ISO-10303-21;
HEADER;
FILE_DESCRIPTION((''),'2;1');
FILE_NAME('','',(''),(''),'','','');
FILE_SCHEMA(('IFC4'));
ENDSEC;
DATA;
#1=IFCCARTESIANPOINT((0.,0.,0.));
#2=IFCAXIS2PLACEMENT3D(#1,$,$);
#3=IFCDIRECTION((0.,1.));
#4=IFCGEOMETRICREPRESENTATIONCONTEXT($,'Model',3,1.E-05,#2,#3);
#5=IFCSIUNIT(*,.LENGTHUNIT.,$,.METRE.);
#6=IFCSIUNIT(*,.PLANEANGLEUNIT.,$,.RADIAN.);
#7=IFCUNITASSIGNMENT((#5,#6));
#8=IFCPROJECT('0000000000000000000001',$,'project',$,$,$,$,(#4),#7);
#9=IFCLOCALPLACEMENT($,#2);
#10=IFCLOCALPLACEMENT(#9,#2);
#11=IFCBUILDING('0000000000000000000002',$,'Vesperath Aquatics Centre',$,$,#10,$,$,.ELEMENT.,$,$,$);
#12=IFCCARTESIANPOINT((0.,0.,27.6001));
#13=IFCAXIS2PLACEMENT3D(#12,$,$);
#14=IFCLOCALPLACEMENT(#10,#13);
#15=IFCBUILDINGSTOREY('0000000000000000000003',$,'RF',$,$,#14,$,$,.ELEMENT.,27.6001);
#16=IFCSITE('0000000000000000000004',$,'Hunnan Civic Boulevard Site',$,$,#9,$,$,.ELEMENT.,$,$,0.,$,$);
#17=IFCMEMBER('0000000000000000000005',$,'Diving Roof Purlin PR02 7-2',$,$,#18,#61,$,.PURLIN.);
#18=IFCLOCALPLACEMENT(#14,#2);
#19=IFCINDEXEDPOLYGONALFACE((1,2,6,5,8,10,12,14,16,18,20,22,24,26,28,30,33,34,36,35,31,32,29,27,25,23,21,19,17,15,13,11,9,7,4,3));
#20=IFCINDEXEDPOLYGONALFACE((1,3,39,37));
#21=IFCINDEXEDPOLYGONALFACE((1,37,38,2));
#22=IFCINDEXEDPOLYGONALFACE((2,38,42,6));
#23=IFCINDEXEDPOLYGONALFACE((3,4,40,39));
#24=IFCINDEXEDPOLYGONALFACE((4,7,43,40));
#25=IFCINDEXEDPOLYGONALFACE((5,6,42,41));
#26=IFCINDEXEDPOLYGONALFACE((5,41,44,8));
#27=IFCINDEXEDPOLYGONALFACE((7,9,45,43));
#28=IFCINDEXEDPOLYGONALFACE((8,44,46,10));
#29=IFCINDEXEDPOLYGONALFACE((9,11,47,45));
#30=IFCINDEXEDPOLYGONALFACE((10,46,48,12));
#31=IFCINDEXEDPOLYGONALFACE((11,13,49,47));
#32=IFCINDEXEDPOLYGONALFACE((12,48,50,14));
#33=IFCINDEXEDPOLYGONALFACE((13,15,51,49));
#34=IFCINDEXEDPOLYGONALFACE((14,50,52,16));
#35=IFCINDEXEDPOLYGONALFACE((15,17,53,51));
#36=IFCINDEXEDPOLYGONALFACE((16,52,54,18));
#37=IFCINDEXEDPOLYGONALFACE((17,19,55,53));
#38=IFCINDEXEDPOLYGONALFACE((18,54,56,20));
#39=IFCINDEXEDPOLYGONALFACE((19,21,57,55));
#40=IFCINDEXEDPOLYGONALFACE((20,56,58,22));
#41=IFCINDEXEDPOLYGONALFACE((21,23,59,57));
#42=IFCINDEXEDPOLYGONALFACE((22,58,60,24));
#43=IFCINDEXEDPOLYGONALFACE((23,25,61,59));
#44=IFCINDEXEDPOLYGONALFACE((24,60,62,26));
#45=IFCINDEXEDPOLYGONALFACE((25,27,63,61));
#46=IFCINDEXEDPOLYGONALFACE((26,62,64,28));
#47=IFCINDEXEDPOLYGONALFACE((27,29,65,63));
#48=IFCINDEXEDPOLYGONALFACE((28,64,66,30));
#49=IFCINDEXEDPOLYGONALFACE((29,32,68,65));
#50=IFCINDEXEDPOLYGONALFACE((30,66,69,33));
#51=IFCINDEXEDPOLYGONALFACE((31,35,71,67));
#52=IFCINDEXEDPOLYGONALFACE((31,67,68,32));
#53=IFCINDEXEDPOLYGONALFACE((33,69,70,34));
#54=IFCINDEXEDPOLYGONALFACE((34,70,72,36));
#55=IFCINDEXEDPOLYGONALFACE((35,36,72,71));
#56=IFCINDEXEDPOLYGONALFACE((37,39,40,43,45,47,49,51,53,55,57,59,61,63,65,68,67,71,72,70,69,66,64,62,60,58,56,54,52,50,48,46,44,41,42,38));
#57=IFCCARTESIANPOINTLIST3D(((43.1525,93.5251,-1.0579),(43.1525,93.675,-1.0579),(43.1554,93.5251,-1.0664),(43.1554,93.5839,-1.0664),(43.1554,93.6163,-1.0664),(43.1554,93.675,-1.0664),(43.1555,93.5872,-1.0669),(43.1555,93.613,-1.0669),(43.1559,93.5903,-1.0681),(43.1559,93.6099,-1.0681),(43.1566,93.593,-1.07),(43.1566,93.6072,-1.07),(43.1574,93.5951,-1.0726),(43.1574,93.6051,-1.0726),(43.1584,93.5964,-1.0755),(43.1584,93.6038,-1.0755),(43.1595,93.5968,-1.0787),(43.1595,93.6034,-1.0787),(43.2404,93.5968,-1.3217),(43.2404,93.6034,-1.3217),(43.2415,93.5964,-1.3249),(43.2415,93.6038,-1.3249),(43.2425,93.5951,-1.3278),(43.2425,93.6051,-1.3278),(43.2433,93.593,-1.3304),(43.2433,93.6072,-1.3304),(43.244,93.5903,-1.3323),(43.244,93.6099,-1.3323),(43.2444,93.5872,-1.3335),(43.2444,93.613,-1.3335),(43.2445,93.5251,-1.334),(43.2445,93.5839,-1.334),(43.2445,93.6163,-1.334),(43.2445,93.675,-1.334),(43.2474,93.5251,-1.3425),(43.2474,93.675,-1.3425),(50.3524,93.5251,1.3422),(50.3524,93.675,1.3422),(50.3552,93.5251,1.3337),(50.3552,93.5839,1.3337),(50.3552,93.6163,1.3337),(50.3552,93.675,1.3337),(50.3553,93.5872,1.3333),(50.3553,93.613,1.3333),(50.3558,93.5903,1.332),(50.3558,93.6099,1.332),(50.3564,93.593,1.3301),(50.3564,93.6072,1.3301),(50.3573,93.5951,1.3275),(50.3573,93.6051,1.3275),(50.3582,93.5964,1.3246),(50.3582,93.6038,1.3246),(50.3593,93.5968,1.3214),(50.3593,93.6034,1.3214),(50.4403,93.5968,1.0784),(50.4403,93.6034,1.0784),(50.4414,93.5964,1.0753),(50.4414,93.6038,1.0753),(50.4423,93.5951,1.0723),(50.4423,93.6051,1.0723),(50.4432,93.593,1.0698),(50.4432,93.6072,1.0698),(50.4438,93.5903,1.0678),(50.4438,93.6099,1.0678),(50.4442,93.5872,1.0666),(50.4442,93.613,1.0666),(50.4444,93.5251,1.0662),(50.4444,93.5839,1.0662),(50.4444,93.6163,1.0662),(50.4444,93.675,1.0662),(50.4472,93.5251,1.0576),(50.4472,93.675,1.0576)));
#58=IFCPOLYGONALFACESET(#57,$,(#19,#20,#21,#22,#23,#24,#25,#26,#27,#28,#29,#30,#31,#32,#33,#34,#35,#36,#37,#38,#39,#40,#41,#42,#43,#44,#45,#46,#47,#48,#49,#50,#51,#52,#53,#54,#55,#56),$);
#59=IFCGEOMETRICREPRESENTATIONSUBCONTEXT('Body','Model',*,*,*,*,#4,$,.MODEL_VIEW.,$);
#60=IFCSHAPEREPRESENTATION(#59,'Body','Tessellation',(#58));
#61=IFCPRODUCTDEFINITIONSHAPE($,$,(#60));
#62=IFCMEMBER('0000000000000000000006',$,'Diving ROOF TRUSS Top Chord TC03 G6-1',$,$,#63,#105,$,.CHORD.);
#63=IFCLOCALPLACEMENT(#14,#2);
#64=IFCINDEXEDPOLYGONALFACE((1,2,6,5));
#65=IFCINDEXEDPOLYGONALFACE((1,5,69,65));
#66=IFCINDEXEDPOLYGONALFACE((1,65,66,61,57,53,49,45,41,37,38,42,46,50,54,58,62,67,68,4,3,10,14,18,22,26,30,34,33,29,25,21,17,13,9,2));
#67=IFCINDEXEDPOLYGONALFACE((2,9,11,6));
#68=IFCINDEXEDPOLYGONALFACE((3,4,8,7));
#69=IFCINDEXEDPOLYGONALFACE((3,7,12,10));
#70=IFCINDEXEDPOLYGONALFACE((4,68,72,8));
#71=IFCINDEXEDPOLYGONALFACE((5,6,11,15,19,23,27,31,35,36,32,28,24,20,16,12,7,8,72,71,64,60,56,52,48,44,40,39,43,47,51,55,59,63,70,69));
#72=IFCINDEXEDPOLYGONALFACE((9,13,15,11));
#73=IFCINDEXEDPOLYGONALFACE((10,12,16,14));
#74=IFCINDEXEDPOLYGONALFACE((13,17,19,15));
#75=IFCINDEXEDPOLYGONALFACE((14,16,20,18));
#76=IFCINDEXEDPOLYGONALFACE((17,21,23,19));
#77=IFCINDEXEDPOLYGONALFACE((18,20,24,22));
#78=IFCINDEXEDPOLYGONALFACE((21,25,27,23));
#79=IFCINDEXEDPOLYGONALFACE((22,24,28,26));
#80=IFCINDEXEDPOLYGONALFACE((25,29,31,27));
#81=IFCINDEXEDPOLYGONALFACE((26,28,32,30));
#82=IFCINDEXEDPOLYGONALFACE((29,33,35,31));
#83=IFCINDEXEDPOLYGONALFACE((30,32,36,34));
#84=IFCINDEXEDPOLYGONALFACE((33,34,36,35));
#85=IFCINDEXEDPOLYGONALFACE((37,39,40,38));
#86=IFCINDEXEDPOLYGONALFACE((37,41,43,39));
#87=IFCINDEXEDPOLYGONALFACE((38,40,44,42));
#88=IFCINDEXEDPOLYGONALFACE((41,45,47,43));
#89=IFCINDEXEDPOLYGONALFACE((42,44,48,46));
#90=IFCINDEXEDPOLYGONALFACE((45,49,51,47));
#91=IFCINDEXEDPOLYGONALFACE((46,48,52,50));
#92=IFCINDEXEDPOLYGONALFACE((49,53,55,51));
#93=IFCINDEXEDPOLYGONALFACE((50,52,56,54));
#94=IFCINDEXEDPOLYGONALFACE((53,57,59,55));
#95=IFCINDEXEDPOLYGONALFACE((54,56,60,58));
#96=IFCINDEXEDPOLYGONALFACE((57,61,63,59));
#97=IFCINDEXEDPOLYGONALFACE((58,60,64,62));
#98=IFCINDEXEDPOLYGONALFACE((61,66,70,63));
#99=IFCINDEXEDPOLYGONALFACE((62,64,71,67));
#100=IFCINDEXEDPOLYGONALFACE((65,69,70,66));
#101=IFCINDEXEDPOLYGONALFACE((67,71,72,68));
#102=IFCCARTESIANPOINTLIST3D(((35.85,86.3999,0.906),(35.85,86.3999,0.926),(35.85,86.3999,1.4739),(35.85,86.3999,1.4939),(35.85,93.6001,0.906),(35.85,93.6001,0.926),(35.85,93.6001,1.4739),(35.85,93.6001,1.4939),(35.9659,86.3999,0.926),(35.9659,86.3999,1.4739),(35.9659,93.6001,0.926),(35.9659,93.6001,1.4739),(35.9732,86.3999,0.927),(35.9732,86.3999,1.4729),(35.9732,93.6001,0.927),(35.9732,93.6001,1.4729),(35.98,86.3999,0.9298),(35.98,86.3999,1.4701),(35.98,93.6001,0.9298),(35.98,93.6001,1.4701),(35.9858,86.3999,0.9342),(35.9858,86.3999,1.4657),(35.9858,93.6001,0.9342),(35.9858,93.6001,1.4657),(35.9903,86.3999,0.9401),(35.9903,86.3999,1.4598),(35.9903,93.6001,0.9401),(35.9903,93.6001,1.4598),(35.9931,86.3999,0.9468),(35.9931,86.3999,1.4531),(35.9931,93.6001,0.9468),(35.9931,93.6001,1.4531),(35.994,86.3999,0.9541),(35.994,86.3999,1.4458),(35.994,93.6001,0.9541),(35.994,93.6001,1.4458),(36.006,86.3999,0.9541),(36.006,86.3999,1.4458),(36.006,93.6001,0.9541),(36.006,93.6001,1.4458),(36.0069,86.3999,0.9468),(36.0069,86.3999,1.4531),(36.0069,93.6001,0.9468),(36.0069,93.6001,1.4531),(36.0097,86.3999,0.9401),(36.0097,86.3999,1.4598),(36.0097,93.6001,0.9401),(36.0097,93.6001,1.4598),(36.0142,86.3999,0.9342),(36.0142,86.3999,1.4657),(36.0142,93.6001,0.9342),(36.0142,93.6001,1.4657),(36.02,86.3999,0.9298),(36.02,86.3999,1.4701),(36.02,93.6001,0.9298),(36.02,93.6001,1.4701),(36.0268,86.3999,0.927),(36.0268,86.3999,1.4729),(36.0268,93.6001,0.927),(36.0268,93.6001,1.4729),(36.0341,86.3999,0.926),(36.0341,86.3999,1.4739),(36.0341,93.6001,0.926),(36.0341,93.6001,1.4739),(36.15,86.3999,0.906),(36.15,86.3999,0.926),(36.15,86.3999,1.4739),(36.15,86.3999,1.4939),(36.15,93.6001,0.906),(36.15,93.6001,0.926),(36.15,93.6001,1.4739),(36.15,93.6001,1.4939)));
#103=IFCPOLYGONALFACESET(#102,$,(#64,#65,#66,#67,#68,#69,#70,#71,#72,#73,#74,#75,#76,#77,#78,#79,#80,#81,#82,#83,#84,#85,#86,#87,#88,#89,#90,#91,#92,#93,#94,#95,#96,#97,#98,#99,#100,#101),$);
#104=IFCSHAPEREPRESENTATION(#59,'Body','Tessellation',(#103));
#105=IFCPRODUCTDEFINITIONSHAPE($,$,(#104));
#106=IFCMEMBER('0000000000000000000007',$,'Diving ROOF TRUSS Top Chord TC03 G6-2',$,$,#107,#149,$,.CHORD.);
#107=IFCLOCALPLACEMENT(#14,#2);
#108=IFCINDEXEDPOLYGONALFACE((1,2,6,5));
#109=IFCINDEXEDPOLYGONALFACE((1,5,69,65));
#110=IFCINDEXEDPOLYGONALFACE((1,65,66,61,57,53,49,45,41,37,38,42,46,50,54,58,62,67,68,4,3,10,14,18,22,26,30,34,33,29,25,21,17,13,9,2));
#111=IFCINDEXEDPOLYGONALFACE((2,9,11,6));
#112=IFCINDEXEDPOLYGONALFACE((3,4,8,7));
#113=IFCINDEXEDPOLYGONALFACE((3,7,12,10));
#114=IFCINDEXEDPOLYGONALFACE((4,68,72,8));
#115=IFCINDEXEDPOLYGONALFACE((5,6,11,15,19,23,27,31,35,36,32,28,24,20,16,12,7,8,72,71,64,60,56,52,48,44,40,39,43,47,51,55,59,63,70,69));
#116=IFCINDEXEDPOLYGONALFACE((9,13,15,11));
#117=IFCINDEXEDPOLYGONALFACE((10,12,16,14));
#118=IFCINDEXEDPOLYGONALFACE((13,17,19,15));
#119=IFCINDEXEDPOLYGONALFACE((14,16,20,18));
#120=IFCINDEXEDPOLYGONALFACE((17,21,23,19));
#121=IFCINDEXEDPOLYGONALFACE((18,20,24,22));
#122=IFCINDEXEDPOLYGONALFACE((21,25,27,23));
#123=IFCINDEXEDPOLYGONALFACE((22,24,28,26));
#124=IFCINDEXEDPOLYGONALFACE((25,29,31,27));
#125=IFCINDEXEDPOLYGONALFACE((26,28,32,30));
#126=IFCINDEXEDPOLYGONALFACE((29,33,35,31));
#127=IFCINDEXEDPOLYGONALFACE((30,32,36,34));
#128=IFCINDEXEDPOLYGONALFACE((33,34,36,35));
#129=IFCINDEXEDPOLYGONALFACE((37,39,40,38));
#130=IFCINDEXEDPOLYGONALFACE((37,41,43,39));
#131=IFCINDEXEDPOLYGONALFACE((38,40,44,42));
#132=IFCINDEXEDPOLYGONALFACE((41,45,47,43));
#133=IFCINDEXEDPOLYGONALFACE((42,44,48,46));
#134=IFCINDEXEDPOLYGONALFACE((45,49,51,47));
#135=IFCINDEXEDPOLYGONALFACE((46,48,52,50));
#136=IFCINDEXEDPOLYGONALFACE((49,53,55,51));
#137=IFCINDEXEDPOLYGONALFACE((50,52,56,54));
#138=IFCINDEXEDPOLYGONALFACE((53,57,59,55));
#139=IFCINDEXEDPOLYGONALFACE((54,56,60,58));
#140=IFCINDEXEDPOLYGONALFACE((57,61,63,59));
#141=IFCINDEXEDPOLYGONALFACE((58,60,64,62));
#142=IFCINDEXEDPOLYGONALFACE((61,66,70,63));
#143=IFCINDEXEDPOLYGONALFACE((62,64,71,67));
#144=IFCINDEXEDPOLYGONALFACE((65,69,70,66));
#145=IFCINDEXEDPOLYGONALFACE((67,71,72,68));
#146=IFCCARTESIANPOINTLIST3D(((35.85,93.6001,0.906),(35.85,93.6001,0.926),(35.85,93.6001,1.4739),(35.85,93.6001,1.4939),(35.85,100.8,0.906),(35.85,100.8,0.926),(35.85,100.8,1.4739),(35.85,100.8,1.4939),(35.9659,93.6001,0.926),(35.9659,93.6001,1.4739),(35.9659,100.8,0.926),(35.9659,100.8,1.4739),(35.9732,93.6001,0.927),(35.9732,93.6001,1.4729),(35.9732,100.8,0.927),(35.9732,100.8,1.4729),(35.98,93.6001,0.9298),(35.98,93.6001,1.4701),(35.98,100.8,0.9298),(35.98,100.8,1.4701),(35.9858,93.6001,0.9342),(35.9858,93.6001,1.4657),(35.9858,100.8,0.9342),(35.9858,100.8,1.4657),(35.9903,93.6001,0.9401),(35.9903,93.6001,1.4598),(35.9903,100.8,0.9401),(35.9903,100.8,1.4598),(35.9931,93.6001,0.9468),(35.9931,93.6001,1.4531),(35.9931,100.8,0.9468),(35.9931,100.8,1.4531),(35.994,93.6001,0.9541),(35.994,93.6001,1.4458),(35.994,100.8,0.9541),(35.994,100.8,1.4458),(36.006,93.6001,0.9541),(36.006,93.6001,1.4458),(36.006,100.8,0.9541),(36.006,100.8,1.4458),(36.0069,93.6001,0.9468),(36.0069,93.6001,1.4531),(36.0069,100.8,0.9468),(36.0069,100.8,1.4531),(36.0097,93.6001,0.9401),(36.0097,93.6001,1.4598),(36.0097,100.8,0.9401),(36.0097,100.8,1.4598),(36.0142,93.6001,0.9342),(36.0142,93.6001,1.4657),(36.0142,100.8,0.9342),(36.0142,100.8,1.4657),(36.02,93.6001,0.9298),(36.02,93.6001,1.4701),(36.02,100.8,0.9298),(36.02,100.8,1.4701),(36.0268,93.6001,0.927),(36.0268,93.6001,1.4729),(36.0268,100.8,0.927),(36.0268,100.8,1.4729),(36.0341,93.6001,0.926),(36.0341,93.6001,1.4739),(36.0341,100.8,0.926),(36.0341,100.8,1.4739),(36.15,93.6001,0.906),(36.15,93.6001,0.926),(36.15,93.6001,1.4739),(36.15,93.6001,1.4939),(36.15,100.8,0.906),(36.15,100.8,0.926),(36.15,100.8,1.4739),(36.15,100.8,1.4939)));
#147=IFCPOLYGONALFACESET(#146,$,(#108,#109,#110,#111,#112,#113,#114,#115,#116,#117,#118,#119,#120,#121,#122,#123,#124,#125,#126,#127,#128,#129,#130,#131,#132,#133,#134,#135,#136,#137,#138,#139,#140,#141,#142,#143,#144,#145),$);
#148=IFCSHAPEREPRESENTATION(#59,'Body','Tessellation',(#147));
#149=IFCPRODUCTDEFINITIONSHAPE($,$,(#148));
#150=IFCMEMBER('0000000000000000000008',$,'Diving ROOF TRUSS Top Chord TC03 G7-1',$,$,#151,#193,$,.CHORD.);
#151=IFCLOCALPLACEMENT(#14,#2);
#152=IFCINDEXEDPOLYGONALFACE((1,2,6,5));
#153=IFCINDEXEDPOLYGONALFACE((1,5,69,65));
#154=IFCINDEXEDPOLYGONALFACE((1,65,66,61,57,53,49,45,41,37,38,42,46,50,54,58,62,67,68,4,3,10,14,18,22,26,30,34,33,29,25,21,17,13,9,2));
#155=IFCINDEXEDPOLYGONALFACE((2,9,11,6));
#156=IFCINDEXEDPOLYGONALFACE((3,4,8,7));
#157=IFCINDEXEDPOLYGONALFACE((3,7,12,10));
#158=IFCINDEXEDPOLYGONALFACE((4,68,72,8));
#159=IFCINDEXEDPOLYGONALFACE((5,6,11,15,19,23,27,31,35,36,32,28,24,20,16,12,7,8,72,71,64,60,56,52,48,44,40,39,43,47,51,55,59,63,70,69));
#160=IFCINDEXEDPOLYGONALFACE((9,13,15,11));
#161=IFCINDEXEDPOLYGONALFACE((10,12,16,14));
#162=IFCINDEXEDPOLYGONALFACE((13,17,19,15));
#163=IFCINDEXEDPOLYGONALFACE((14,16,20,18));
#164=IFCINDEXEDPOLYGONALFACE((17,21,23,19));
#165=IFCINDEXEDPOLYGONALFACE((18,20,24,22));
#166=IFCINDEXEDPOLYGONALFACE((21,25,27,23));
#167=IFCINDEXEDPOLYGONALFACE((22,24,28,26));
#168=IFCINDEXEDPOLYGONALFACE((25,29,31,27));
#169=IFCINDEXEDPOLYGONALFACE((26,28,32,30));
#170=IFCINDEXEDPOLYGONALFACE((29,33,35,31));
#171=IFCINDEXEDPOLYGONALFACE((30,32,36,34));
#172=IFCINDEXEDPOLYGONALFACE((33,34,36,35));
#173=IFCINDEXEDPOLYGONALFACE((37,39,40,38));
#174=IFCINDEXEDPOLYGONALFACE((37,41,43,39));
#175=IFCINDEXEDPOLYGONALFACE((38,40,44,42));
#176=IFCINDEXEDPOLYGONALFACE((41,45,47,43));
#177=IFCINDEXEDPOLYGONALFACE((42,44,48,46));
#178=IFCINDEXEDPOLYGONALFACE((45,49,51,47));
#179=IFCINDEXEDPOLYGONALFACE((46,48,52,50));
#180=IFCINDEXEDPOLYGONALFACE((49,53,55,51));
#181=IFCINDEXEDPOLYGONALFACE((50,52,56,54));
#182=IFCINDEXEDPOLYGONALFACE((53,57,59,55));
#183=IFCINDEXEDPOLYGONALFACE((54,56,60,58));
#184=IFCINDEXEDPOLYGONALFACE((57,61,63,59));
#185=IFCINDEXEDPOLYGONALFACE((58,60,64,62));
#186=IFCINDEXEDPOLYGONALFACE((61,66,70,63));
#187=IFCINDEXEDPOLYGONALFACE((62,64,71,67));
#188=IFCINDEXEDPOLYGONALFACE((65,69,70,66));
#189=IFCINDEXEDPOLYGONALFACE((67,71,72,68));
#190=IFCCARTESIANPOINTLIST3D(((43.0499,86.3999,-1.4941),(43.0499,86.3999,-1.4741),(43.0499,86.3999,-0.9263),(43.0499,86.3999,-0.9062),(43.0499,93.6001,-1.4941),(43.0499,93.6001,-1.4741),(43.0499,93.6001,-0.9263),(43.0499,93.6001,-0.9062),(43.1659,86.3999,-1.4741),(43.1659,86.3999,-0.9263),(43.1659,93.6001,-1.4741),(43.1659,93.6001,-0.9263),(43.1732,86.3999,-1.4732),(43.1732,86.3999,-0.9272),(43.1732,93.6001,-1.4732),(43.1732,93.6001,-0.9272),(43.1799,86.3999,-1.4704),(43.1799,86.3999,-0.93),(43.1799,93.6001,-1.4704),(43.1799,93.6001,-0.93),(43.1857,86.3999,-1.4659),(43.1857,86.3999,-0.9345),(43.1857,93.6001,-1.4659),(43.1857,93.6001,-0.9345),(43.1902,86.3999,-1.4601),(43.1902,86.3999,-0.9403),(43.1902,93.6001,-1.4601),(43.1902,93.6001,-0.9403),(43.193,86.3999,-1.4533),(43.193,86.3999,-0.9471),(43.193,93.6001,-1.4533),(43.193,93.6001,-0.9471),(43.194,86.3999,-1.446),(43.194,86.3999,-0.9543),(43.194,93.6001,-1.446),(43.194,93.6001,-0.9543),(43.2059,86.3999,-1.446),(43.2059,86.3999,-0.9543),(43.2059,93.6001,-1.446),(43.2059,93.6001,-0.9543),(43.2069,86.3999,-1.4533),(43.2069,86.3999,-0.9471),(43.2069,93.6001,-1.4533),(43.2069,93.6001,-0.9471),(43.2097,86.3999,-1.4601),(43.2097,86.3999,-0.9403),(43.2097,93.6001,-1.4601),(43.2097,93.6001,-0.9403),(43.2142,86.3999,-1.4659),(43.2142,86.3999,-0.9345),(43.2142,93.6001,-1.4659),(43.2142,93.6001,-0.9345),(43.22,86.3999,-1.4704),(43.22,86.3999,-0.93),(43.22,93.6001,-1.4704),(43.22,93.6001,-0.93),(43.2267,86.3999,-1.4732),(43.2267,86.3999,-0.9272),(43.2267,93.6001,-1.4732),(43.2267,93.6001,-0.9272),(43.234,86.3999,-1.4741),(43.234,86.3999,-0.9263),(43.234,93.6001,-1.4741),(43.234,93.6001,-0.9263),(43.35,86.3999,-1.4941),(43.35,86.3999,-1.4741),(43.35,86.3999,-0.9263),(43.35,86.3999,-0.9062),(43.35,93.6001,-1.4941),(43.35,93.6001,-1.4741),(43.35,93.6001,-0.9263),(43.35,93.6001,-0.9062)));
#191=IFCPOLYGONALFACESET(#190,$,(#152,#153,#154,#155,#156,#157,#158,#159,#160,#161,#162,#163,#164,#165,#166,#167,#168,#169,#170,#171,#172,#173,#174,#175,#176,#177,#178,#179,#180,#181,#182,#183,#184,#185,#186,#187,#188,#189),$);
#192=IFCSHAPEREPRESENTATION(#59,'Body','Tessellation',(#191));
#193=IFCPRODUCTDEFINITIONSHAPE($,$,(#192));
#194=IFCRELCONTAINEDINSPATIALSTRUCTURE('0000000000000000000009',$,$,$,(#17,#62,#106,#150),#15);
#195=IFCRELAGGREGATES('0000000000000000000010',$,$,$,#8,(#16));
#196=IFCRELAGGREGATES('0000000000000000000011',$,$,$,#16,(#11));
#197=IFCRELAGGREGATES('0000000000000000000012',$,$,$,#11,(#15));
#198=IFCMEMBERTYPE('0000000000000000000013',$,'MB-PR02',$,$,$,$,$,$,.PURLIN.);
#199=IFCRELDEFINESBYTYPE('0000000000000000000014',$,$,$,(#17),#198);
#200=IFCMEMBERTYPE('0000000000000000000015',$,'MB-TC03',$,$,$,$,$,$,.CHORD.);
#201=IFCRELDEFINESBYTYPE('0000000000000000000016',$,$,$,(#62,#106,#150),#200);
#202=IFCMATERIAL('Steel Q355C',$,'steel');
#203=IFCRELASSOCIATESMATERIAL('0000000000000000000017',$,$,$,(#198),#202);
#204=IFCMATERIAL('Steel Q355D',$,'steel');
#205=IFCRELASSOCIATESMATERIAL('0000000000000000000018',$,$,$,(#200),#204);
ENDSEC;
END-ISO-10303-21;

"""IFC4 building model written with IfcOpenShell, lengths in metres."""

from ifc_helpers import new_model, si_unit, direction, frame, origin, origin_2d, place, context, subcontext, project, spatial, i_section, extrude, material, material_profile, profile_set, type_object, element, save


model = new_model("IFC4")

# Units and contexts
model_context = context("Model", 3, precision=1e-05, world=origin(), true_north=direction((0.0, 1.0)))
body_context = subcontext(model_context, "Body", "Model", "MODEL_VIEW")
ifc_project = project(units=[si_unit("LENGTHUNIT", "METRE"), si_unit("PLANEANGLEUNIT", "RADIAN")], contexts=[model_context])

# Site, building, storey
site_placement = place(None, origin())
site = spatial("IfcSite", under=ifc_project, at=site_placement, Name="Hunnan Civic Boulevard Site", CompositionType="ELEMENT", RefElevation=0.0)
building_placement = place(site_placement, origin())
building = spatial("IfcBuilding", under=site, at=building_placement, Name="Vesperath Aquatics Centre", CompositionType="ELEMENT")
storey_placement = place(building_placement, frame((0.0, 0.0, 27.6001)))
storey = spatial("IfcBuildingStorey", under=building, at=storey_placement, Name="RF", CompositionType="ELEMENT", Elevation=27.6001)

# Shared definitions
ifc_material_1 = material(Name="Steel Q355C", Category="steel")

# Members
ifc_material_2 = material(Name="Steel Q355D", Category="steel")
ifc_material_profile_1 = material_profile(ifc_material_1, i_section(OverallWidth=0.1499, OverallDepth=0.3, WebThickness=0.0066, FlangeThickness=0.009, FilletRadius=0.0129, at=origin_2d()), Name="HN 300x150x6.5x9")
ifc_profile_set_1 = profile_set([ifc_material_profile_1], Name="Steel Q355C")
member_type_1 = type_object("IfcMemberType", Name="MB-PR02", PredefinedType="PURLIN", material=ifc_profile_set_1)
for number, where, z_axis, x_axis, name in (
    (1, (43.2, 93.6001, -1.2002), (0.948677, 0.0, 0.316247), (0.0, 1.0, 0.0), "Diving Roof Purlin PR02 7-2"),
):
    element("IfcMember", number, at=place(storey_placement, frame(where, z_axis=z_axis, x_axis=x_axis)), inside=storey, type_object=member_type_1, Name=name, PredefinedType="PURLIN", context=body_context, shape_type="SweptSolid", body=[
        extrude(i_section(OverallWidth=0.1499, OverallDepth=0.3, WebThickness=0.0066, FlangeThickness=0.009, FilletRadius=0.0129, at=origin_2d()), origin(), (0.0, 0.0, 1.0), 7.5894),
    ])
ifc_material_profile_2 = material_profile(ifc_material_2, i_section(OverallWidth=0.3, OverallDepth=0.5879, WebThickness=0.012, FlangeThickness=0.02, FilletRadius=0.0281, at=origin_2d()), Name="HM 588x300x12x20")
ifc_profile_set_2 = profile_set([ifc_material_profile_2], Name="Steel Q355D")
member_type_2 = type_object("IfcMemberType", Name="MB-TC03", PredefinedType="CHORD", material=ifc_profile_set_2)
member_1_placement = place(storey_placement, frame((36.0, 86.3999, 1.2), z_axis=(0.0, 1.0, 0.0), x_axis=(-1.0, 0.0, 0.0)))
element("IfcMember", 2, at=member_1_placement, inside=storey, type_object=member_type_2, Name="Diving ROOF TRUSS Top Chord TC03 G6-1", PredefinedType="CHORD", context=body_context, shape_type="SweptSolid", body=[
    extrude(i_section(OverallWidth=0.3, OverallDepth=0.5879, WebThickness=0.012, FlangeThickness=0.02, FilletRadius=0.0281, at=origin_2d()), origin(), (0.0, 0.0, 1.0), 7.2002),
])
member_2_placement = place(storey_placement, frame((36.0, 93.6001, 1.2), z_axis=(0.0, 1.0, 0.0), x_axis=(-1.0, 0.0, 0.0)))
element("IfcMember", 3, at=member_2_placement, inside=storey, type_object=member_type_2, Name="Diving ROOF TRUSS Top Chord TC03 G6-2", PredefinedType="CHORD", context=body_context, shape_type="SweptSolid", body=[
    extrude(i_section(OverallWidth=0.3, OverallDepth=0.5879, WebThickness=0.012, FlangeThickness=0.02, FilletRadius=0.0281, at=origin_2d()), origin(), (0.0, 0.0, 1.0), 7.2),
])
member_3_placement = place(storey_placement, frame((43.2, 86.3999, -1.2002), z_axis=(0.0, 1.0, 0.0), x_axis=(-1.0, 0.0, 0.0)))
element("IfcMember", 4, at=member_3_placement, inside=storey, type_object=member_type_2, Name="Diving ROOF TRUSS Top Chord TC03 G7-1", PredefinedType="CHORD", context=body_context, shape_type="SweptSolid", body=[
    extrude(i_section(OverallWidth=0.3, OverallDepth=0.5879, WebThickness=0.012, FlangeThickness=0.02, FilletRadius=0.0281, at=origin_2d()), origin(), (0.0, 0.0, 1.0), 7.2002),
])

save(model, "model.ifc")
